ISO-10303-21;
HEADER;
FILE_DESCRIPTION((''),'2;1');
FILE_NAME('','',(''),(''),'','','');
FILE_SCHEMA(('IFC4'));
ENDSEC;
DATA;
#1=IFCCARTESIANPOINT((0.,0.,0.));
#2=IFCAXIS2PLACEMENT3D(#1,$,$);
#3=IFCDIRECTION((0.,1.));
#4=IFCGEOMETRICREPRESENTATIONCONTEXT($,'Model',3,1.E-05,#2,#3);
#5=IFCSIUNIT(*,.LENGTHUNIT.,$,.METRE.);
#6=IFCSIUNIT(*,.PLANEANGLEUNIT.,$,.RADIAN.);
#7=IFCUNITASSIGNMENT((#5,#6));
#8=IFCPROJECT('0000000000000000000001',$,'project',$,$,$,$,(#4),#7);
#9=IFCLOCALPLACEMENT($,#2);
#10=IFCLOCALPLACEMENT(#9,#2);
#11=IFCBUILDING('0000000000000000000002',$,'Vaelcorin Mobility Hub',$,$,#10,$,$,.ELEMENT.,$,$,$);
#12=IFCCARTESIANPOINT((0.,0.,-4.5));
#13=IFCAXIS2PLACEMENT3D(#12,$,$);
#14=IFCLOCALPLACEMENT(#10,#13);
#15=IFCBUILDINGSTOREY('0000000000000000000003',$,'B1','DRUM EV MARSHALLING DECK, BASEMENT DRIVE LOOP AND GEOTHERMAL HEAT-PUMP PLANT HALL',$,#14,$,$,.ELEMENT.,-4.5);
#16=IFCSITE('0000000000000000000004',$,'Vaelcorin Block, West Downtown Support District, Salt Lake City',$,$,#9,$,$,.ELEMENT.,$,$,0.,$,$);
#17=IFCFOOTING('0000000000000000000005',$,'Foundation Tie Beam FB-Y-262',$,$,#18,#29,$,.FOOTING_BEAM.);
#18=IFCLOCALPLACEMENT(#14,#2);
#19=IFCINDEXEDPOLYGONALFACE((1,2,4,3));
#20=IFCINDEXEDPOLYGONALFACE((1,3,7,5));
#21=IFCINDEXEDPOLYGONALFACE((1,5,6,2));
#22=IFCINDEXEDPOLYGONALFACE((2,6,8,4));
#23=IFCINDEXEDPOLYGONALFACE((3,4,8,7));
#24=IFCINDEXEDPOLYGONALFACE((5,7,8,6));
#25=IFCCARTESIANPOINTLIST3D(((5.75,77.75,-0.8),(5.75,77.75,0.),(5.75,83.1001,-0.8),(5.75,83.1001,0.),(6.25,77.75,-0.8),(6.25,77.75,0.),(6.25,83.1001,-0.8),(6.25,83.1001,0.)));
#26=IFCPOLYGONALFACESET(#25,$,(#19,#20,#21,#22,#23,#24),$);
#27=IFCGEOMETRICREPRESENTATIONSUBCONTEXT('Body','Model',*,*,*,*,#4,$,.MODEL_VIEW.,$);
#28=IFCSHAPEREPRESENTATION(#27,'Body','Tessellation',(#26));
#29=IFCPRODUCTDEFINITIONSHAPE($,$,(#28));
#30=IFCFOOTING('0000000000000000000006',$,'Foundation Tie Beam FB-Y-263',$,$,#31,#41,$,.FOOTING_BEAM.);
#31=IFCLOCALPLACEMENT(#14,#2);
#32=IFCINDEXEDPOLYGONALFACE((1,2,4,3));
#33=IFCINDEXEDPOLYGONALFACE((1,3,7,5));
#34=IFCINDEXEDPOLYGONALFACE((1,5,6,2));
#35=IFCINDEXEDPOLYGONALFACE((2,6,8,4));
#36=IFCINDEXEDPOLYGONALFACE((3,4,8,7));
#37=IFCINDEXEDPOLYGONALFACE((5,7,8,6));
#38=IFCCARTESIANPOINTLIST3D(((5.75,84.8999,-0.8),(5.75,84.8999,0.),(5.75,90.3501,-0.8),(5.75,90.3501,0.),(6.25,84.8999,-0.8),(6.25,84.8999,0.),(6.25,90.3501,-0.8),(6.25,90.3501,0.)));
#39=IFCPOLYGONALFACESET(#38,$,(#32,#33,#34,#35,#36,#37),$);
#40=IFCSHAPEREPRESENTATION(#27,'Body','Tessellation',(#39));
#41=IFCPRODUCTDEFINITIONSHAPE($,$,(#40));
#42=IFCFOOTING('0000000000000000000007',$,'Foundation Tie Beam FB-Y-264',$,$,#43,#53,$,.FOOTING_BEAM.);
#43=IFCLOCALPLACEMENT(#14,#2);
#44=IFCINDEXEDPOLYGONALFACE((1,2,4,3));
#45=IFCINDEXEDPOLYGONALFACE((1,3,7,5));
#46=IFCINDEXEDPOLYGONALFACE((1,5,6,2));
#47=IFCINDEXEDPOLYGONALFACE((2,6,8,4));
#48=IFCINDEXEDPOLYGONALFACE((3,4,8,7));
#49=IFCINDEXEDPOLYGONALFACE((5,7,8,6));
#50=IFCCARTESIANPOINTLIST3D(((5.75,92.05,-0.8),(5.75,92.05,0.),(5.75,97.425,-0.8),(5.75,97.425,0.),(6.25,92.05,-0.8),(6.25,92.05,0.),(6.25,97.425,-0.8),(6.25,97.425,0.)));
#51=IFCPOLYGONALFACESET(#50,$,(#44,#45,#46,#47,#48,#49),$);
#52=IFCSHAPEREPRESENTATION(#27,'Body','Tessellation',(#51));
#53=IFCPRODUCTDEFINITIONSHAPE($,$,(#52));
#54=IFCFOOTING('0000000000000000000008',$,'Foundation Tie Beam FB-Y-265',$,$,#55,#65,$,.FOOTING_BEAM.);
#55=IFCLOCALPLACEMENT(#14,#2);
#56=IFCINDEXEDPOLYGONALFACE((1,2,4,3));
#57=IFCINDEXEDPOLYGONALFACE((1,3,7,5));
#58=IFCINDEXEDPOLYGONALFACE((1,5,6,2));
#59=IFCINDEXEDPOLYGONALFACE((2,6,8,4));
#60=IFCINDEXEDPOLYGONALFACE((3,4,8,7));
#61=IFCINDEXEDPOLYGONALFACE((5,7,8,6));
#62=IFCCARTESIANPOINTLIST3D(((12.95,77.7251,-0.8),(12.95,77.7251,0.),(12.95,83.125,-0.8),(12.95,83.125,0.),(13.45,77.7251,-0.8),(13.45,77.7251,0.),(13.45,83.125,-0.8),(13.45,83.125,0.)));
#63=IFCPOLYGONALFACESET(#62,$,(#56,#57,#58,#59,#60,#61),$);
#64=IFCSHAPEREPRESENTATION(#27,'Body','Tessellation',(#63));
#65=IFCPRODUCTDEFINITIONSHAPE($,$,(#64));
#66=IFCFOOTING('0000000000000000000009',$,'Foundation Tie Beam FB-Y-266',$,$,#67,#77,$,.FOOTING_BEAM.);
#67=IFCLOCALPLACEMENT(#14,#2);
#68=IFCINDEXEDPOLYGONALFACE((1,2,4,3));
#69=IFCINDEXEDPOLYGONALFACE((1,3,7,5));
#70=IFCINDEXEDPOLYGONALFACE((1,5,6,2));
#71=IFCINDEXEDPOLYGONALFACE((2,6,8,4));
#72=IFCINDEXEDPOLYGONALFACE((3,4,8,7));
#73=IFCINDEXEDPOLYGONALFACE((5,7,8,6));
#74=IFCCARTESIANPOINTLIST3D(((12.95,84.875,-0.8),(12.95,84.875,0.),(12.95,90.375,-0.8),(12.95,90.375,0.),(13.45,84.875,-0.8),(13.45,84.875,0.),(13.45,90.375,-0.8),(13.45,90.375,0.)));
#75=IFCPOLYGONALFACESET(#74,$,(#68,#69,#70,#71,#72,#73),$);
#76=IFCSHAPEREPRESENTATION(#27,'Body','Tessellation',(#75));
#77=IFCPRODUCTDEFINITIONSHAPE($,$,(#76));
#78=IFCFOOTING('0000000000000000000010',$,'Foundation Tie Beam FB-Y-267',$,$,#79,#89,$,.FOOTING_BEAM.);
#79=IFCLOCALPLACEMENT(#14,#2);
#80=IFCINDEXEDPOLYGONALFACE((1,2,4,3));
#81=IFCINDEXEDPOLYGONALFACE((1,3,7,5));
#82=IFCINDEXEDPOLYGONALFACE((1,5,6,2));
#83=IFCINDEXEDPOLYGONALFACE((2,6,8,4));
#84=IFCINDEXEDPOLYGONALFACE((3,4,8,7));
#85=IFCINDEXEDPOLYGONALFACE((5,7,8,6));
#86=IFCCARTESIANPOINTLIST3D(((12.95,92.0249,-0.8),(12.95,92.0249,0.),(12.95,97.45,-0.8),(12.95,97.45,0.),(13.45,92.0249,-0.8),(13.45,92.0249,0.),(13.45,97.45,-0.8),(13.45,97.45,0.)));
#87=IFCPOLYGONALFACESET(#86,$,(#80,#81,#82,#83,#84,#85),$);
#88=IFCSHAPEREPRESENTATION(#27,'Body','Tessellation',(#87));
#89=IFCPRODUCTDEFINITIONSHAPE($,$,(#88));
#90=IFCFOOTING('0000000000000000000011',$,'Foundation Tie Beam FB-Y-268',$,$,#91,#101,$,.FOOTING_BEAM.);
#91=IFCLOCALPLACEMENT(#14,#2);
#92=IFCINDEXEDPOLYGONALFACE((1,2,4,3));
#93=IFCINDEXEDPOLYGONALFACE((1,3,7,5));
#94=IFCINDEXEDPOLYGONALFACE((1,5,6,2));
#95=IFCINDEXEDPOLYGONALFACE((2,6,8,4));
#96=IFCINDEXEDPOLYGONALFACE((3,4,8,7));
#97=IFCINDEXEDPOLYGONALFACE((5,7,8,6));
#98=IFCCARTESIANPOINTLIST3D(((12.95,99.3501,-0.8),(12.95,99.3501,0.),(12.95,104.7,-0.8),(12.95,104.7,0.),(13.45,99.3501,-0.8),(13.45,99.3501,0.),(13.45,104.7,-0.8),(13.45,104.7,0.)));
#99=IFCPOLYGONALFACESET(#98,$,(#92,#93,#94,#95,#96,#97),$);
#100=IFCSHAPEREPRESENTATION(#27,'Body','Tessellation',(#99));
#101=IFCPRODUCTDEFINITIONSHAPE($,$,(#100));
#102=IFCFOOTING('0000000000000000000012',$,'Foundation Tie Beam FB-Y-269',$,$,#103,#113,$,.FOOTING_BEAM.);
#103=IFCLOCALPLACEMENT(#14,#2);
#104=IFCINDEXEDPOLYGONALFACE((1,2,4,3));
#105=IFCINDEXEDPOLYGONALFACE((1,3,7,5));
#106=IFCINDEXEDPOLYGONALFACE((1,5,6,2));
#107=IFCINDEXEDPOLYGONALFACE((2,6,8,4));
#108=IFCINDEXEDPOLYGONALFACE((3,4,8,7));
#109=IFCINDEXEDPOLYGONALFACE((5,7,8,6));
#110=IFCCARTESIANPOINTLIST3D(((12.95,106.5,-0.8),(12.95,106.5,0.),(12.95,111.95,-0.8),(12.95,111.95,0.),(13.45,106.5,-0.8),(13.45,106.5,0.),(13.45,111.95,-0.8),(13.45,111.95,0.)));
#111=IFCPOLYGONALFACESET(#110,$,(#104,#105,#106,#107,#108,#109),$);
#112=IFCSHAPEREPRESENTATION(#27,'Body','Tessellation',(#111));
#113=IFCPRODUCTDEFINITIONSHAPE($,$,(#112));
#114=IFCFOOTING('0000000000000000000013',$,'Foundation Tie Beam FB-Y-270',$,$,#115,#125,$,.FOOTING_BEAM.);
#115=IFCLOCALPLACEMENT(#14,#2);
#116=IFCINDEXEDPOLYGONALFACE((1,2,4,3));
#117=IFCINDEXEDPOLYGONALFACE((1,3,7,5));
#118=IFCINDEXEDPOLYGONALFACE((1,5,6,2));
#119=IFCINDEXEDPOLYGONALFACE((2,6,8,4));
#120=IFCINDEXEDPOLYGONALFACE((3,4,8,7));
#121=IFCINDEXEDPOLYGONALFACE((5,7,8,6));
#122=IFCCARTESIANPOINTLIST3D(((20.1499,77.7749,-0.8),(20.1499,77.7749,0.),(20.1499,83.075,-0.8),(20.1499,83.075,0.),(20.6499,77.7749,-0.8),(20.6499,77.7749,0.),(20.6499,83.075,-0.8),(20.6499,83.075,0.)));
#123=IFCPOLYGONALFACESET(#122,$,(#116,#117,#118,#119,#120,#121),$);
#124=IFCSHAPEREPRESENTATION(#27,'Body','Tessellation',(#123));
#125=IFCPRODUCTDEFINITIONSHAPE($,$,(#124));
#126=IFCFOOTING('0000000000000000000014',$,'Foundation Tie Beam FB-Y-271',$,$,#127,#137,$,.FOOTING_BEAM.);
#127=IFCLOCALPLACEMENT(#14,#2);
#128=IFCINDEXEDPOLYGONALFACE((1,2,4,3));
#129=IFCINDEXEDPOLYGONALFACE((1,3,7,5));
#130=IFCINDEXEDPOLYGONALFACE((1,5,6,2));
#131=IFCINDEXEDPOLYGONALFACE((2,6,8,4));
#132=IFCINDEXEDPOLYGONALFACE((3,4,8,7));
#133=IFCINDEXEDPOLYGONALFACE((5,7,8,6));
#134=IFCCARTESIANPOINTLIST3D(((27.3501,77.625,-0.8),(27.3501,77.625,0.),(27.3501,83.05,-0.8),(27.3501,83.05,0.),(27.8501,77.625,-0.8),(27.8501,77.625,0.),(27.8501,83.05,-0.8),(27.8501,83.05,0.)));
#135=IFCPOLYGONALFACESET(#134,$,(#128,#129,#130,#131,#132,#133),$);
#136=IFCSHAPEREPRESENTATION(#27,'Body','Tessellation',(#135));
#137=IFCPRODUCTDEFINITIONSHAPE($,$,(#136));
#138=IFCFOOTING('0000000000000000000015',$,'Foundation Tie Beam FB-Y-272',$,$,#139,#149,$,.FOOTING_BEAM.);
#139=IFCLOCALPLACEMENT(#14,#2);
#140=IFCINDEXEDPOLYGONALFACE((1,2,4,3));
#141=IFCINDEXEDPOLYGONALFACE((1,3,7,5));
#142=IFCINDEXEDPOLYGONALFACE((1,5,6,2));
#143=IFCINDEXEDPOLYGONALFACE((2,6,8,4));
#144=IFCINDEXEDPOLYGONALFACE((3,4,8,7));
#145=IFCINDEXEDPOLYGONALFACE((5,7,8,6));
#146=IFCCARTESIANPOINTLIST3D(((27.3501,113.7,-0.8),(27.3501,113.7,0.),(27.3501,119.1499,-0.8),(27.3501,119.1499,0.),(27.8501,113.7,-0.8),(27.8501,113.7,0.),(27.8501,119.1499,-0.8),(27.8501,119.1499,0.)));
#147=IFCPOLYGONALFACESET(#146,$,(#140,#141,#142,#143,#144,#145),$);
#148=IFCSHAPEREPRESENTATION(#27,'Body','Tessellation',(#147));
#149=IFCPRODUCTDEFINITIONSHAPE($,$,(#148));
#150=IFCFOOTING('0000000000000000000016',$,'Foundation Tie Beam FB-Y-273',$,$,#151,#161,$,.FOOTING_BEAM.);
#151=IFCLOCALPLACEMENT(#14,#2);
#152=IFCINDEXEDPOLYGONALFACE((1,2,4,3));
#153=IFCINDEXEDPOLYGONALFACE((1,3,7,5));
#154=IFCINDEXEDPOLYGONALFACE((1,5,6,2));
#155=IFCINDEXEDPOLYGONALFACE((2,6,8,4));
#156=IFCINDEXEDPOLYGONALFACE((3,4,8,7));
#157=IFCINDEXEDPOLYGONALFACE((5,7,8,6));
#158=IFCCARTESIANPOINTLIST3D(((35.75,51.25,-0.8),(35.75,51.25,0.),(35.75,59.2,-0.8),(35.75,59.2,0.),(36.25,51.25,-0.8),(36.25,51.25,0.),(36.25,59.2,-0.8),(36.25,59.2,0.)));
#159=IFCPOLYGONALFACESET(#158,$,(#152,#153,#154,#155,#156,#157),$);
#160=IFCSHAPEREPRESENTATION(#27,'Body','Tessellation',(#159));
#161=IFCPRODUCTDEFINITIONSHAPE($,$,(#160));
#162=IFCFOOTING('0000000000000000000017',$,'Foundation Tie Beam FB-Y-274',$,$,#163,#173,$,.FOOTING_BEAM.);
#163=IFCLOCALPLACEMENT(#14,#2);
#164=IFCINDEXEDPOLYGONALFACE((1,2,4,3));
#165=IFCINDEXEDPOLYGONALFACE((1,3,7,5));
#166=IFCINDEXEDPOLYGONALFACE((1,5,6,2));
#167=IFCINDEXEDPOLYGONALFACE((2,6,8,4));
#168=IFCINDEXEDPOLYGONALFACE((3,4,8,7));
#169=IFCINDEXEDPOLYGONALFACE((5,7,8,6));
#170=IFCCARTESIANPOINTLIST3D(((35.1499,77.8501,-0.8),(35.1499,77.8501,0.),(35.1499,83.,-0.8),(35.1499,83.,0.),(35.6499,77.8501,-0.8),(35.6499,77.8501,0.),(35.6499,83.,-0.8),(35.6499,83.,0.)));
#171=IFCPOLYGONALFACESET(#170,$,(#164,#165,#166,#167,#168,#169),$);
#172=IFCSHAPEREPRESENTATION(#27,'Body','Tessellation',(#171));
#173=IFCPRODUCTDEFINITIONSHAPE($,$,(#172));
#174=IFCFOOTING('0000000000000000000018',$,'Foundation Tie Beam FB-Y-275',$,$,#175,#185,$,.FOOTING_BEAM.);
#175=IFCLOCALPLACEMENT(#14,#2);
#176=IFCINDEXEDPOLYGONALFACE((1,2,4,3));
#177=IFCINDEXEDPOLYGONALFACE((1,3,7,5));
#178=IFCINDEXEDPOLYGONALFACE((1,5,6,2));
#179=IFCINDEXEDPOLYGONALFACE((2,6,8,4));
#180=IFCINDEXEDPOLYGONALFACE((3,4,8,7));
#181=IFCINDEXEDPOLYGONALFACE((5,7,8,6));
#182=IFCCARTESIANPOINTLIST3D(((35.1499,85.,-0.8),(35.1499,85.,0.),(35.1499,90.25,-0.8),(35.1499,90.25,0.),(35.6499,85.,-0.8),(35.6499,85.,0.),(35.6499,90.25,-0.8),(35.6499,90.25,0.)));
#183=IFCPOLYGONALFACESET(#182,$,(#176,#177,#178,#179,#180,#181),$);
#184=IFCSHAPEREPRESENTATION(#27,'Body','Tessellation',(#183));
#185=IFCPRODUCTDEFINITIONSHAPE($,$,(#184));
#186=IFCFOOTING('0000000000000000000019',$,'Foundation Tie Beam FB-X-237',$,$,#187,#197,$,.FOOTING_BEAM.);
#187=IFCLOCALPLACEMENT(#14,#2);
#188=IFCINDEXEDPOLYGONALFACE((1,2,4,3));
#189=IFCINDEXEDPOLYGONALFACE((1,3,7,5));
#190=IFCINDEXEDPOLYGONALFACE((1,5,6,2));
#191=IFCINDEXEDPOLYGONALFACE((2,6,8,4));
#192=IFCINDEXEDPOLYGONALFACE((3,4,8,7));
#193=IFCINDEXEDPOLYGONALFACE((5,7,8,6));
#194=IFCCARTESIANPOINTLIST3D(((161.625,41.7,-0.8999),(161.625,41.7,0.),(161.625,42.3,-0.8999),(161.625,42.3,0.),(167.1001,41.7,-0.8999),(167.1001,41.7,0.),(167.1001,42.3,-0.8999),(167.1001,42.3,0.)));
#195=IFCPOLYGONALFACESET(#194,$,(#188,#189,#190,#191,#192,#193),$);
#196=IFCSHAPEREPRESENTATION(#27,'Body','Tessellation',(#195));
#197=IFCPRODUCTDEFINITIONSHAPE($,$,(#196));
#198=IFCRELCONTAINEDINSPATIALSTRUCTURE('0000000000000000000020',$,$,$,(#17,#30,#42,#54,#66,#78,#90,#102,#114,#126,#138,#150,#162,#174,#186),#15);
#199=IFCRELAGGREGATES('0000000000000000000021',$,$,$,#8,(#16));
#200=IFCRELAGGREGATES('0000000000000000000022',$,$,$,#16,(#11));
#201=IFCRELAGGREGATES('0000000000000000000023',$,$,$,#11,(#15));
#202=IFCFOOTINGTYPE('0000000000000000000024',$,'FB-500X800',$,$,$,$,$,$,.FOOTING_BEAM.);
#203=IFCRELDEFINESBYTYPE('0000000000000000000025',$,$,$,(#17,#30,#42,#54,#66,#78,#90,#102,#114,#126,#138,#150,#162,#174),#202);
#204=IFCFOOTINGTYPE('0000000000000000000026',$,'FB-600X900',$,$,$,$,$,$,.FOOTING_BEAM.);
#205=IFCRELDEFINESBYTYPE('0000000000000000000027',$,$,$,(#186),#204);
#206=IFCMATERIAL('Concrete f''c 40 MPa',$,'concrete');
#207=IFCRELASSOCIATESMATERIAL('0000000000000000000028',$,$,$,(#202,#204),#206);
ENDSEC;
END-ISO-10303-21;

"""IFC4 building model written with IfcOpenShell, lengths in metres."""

from ifc_helpers import new_model, si_unit, direction, frame, origin, place, context, subcontext, project, spatial, polyline, outline, extrude, material, type_object, element, save


model = new_model("IFC4")

# Units and contexts
model_context = context("Model", 3, precision=1e-05, world=origin(), true_north=direction((0.0, 1.0)))
body_context = subcontext(model_context, "Body", "Model", "MODEL_VIEW")
ifc_project = project(units=[si_unit("LENGTHUNIT", "METRE"), si_unit("PLANEANGLEUNIT", "RADIAN")], contexts=[model_context])

# Site, building, storey
site_placement = place(None, origin())
site = spatial("IfcSite", under=ifc_project, at=site_placement, Name="Vaelcorin Block, West Downtown Support District, Salt Lake City", CompositionType="ELEMENT", RefElevation=0.0)
building_placement = place(site_placement, origin())
building = spatial("IfcBuilding", under=site, at=building_placement, Name="Vaelcorin Mobility Hub", CompositionType="ELEMENT")
storey_placement = place(building_placement, frame((0.0, 0.0, -4.5)))
storey = spatial("IfcBuildingStorey", under=building, at=storey_placement, Name="B1", Description="DRUM EV MARSHALLING DECK, BASEMENT DRIVE LOOP AND GEOTHERMAL HEAT-PUMP PLANT HALL", CompositionType="ELEMENT", Elevation=-4.5)

# Footings
ifc_material = material(Name="Concrete f'c 40 MPa", Category="concrete")
footing_type_1 = type_object("IfcFootingType", Name="FB-500X800", PredefinedType="FOOTING_BEAM", material=ifc_material)
footing_1_placement = place(storey_placement, frame((0.0, 0.0, -0.8)))
element("IfcFooting", 1, at=footing_1_placement, inside=storey, type_object=footing_type_1, Name="Foundation Tie Beam FB-Y-262", PredefinedType="FOOTING_BEAM", context=body_context, shape_type="SweptSolid", body=[
    extrude(outline(polyline([(5.75, 77.75), (6.25, 77.75), (6.25, 83.1001), (5.75, 83.1001), (5.75, 77.75)])), origin(), (0.0, 0.0, 1.0), 0.8),
])
footing_2_placement = place(storey_placement, frame((0.0, 0.0, -0.8)))
element("IfcFooting", 2, at=footing_2_placement, inside=storey, type_object=footing_type_1, Name="Foundation Tie Beam FB-Y-263", PredefinedType="FOOTING_BEAM", context=body_context, shape_type="SweptSolid", body=[
    extrude(outline(polyline([(5.75, 84.8999), (6.25, 84.8999), (6.25, 90.3501), (5.75, 90.3501), (5.75, 84.8999)])), origin(), (0.0, 0.0, 1.0), 0.8),
])
footing_3_placement = place(storey_placement, frame((0.0, 0.0, -0.8)))
element("IfcFooting", 3, at=footing_3_placement, inside=storey, type_object=footing_type_1, Name="Foundation Tie Beam FB-Y-264", PredefinedType="FOOTING_BEAM", context=body_context, shape_type="SweptSolid", body=[
    extrude(outline(polyline([(5.75, 92.05), (6.25, 92.05), (6.25, 97.425), (5.75, 97.425), (5.75, 92.05)])), origin(), (0.0, 0.0, 1.0), 0.8),
])
footing_4_placement = place(storey_placement, frame((0.0, 0.0, -0.8)))
element("IfcFooting", 4, at=footing_4_placement, inside=storey, type_object=footing_type_1, Name="Foundation Tie Beam FB-Y-265", PredefinedType="FOOTING_BEAM", context=body_context, shape_type="SweptSolid", body=[
    extrude(outline(polyline([(12.95, 77.7251), (13.45, 77.7251), (13.45, 83.125), (12.95, 83.125), (12.95, 77.7251)])), origin(), (0.0, 0.0, 1.0), 0.8),
])
footing_5_placement = place(storey_placement, frame((0.0, 0.0, -0.8)))
element("IfcFooting", 5, at=footing_5_placement, inside=storey, type_object=footing_type_1, Name="Foundation Tie Beam FB-Y-266", PredefinedType="FOOTING_BEAM", context=body_context, shape_type="SweptSolid", body=[
    extrude(outline(polyline([(12.95, 84.875), (13.45, 84.875), (13.45, 90.375), (12.95, 90.375), (12.95, 84.875)])), origin(), (0.0, 0.0, 1.0), 0.8),
])
footing_6_placement = place(storey_placement, frame((0.0, 0.0, -0.8)))
element("IfcFooting", 6, at=footing_6_placement, inside=storey, type_object=footing_type_1, Name="Foundation Tie Beam FB-Y-267", PredefinedType="FOOTING_BEAM", context=body_context, shape_type="SweptSolid", body=[
    extrude(outline(polyline([(12.95, 92.0249), (13.45, 92.0249), (13.45, 97.45), (12.95, 97.45), (12.95, 92.0249)])), origin(), (0.0, 0.0, 1.0), 0.8),
])
footing_7_placement = place(storey_placement, frame((0.0, 0.0, -0.8)))
element("IfcFooting", 7, at=footing_7_placement, inside=storey, type_object=footing_type_1, Name="Foundation Tie Beam FB-Y-268", PredefinedType="FOOTING_BEAM", context=body_context, shape_type="SweptSolid", body=[
    extrude(outline(polyline([(12.95, 99.3501), (13.45, 99.3501), (13.45, 104.7), (12.95, 104.7), (12.95, 99.3501)])), origin(), (0.0, 0.0, 1.0), 0.8),
])
footing_8_placement = place(storey_placement, frame((0.0, 0.0, -0.8)))
element("IfcFooting", 8, at=footing_8_placement, inside=storey, type_object=footing_type_1, Name="Foundation Tie Beam FB-Y-269", PredefinedType="FOOTING_BEAM", context=body_context, shape_type="SweptSolid", body=[
    extrude(outline(polyline([(12.95, 106.5), (13.45, 106.5), (13.45, 111.95), (12.95, 111.95), (12.95, 106.5)])), origin(), (0.0, 0.0, 1.0), 0.8),
])
footing_9_placement = place(storey_placement, frame((0.0, 0.0, -0.8)))
element("IfcFooting", 9, at=footing_9_placement, inside=storey, type_object=footing_type_1, Name="Foundation Tie Beam FB-Y-270", PredefinedType="FOOTING_BEAM", context=body_context, shape_type="SweptSolid", body=[
    extrude(outline(polyline([(20.1499, 77.7749), (20.6499, 77.7749), (20.6499, 83.075), (20.1499, 83.075), (20.1499, 77.7749)])), origin(), (0.0, 0.0, 1.0), 0.8),
])
footing_10_placement = place(storey_placement, frame((0.0, 0.0, -0.8)))
element("IfcFooting", 10, at=footing_10_placement, inside=storey, type_object=footing_type_1, Name="Foundation Tie Beam FB-Y-271", PredefinedType="FOOTING_BEAM", context=body_context, shape_type="SweptSolid", body=[
    extrude(outline(polyline([(27.3501, 77.625), (27.8501, 77.625), (27.8501, 83.05), (27.3501, 83.05), (27.3501, 77.625)])), origin(), (0.0, 0.0, 1.0), 0.8),
])
footing_11_placement = place(storey_placement, frame((0.0, 0.0, -0.8)))
element("IfcFooting", 11, at=footing_11_placement, inside=storey, type_object=footing_type_1, Name="Foundation Tie Beam FB-Y-272", PredefinedType="FOOTING_BEAM", context=body_context, shape_type="SweptSolid", body=[
    extrude(outline(polyline([(27.3501, 113.7), (27.8501, 113.7), (27.8501, 119.1499), (27.3501, 119.1499), (27.3501, 113.7)])), origin(), (0.0, 0.0, 1.0), 0.8),
])
footing_12_placement = place(storey_placement, frame((0.0, 0.0, -0.8)))
element("IfcFooting", 12, at=footing_12_placement, inside=storey, type_object=footing_type_1, Name="Foundation Tie Beam FB-Y-273", PredefinedType="FOOTING_BEAM", context=body_context, shape_type="SweptSolid", body=[
    extrude(outline(polyline([(35.75, 51.25), (36.25, 51.25), (36.25, 59.2), (35.75, 59.2), (35.75, 51.25)])), origin(), (0.0, 0.0, 1.0), 0.8),
])
footing_13_placement = place(storey_placement, frame((0.0, 0.0, -0.8)))
element("IfcFooting", 13, at=footing_13_placement, inside=storey, type_object=footing_type_1, Name="Foundation Tie Beam FB-Y-274", PredefinedType="FOOTING_BEAM", context=body_context, shape_type="SweptSolid", body=[
    extrude(outline(polyline([(35.1499, 77.8501), (35.6499, 77.8501), (35.6499, 83.0), (35.1499, 83.0), (35.1499, 77.8501)])), origin(), (0.0, 0.0, 1.0), 0.8),
])
footing_14_placement = place(storey_placement, frame((0.0, 0.0, -0.8)))
element("IfcFooting", 14, at=footing_14_placement, inside=storey, type_object=footing_type_1, Name="Foundation Tie Beam FB-Y-275", PredefinedType="FOOTING_BEAM", context=body_context, shape_type="SweptSolid", body=[
    extrude(outline(polyline([(35.1499, 85.0), (35.6499, 85.0), (35.6499, 90.25), (35.1499, 90.25), (35.1499, 85.0)])), origin(), (0.0, 0.0, 1.0), 0.8),
])
footing_type_2 = type_object("IfcFootingType", Name="FB-600X900", PredefinedType="FOOTING_BEAM", material=ifc_material)
footing_15_placement = place(storey_placement, frame((0.0, 0.0, -0.8999)))
element("IfcFooting", 15, at=footing_15_placement, inside=storey, type_object=footing_type_2, Name="Foundation Tie Beam FB-X-237", PredefinedType="FOOTING_BEAM", context=body_context, shape_type="SweptSolid", body=[
    extrude(outline(polyline([(161.625, 41.7), (167.1001, 41.7), (167.1001, 42.3), (161.625, 42.3), (161.625, 41.7)])), origin(), (0.0, 0.0, 1.0), 0.8999),
])

save(model, "model.ifc")
